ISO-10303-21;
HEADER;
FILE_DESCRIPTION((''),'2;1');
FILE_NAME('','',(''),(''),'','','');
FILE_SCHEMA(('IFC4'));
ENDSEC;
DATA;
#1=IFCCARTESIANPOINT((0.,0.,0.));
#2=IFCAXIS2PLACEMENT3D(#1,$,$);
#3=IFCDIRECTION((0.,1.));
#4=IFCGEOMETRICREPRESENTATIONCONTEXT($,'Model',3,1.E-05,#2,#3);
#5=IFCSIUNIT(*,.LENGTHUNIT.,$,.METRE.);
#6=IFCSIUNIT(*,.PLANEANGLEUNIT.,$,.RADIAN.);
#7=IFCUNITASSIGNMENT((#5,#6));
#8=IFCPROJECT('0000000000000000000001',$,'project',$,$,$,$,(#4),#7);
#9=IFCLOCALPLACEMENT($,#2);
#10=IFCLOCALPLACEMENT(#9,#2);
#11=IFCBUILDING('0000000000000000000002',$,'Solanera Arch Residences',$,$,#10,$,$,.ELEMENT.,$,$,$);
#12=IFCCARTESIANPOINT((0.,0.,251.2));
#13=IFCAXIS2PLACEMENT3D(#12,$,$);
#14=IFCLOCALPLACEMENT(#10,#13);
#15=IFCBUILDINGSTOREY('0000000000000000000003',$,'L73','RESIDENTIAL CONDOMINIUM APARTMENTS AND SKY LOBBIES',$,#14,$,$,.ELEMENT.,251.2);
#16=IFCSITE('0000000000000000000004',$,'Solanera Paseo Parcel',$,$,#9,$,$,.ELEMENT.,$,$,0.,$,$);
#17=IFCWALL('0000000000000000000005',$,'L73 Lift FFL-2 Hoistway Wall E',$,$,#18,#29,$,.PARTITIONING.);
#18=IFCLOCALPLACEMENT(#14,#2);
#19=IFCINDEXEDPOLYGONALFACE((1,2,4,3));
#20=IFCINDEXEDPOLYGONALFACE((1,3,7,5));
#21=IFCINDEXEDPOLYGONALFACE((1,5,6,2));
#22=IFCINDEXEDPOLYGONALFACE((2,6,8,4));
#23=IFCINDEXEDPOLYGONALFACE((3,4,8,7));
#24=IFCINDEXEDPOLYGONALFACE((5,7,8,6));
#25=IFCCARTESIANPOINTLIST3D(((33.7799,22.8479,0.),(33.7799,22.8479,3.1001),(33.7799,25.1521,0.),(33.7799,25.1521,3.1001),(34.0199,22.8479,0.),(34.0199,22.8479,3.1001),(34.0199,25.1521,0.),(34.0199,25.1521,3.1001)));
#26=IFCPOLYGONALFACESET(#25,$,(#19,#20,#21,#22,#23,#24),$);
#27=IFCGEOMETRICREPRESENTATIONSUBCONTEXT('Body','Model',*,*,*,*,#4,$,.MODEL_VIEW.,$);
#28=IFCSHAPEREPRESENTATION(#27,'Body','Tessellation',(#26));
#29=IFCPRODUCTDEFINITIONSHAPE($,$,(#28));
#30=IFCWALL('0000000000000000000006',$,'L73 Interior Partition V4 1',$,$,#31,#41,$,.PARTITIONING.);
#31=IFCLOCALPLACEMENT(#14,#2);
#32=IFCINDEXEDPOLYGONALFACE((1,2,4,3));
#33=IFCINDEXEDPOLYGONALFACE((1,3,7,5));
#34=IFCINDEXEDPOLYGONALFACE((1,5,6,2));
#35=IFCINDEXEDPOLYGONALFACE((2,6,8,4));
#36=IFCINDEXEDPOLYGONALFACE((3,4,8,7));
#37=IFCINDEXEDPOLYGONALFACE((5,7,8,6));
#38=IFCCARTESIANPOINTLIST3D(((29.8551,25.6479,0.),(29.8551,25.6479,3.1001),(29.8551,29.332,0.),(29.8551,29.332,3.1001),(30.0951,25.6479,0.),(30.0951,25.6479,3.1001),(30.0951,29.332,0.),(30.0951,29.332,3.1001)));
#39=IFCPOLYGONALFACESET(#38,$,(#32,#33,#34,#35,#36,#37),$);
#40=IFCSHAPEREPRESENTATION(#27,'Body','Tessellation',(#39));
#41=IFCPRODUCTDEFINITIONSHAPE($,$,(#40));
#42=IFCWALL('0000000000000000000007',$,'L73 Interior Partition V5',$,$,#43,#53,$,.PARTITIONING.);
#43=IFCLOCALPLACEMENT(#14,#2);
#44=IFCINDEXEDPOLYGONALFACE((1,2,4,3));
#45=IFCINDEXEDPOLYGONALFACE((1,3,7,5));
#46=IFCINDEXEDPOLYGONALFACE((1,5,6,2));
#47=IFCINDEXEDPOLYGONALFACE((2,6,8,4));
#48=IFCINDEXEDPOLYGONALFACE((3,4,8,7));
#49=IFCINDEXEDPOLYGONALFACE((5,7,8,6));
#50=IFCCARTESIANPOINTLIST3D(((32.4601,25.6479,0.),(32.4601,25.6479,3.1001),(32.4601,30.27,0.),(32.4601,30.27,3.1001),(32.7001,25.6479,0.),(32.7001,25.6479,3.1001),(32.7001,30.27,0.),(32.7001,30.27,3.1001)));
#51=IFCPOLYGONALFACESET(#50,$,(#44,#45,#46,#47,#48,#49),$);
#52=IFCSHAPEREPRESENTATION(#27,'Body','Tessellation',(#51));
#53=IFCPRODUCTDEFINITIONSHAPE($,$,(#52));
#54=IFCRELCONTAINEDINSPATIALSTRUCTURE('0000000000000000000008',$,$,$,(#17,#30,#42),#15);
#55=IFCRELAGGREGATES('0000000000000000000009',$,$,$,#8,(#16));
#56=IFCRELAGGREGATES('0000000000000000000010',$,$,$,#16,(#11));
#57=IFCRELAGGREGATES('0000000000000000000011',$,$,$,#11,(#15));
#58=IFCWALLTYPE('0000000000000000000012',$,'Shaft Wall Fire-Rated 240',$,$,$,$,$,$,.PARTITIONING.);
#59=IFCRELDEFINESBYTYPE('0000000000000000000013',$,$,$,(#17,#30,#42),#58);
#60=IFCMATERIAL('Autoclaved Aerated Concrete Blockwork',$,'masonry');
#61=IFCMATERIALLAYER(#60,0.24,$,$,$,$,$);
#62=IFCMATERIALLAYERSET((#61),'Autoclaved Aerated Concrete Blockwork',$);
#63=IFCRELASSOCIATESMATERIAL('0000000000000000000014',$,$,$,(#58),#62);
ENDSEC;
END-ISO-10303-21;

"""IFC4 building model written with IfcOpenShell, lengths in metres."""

from ifc_helpers import new_model, si_unit, direction, frame, frame_2d, origin, place, context, subcontext, project, spatial, rectangle, extrude, material, layer, layer_set, type_object, element, save


model = new_model("IFC4")

# Units and contexts
model_context = context("Model", 3, precision=1e-05, world=origin(), true_north=direction((0.0, 1.0)))
body_context = subcontext(model_context, "Body", "Model", "MODEL_VIEW")
ifc_project = project(units=[si_unit("LENGTHUNIT", "METRE"), si_unit("PLANEANGLEUNIT", "RADIAN")], contexts=[model_context])

# Site, building, storey
site_placement = place(None, origin())
site = spatial("IfcSite", under=ifc_project, at=site_placement, Name="Solanera Paseo Parcel", CompositionType="ELEMENT", RefElevation=0.0)
building_placement = place(site_placement, origin())
building = spatial("IfcBuilding", under=site, at=building_placement, Name="Solanera Arch Residences", CompositionType="ELEMENT")
storey_placement = place(building_placement, frame((0.0, 0.0, 251.2)))
storey = spatial("IfcBuildingStorey", under=building, at=storey_placement, Name="L73", Description="RESIDENTIAL CONDOMINIUM APARTMENTS AND SKY LOBBIES", CompositionType="ELEMENT", Elevation=251.2)

# Walls
ifc_material_1 = material(Name="Autoclaved Aerated Concrete Blockwork", Category="masonry")
ifc_layer_1 = layer(ifc_material_1, 0.24)
ifc_layer_set_1 = layer_set([ifc_layer_1], Name="Autoclaved Aerated Concrete Blockwork")
wall_type_1 = type_object("IfcWallType", Name="Shaft Wall Fire-Rated 240", PredefinedType="PARTITIONING", material=ifc_layer_set_1)
wall_1_placement = place(storey_placement, frame((33.8999, 22.8479, 0.0), z_axis=(0.0, 0.0, 1.0), x_axis=(0.0, 1.0, 0.0)))
element("IfcWall", 1, at=wall_1_placement, inside=storey, type_object=wall_type_1, Name="L73 Lift FFL-2 Hoistway Wall E", PredefinedType="PARTITIONING", context=body_context, shape_type="SweptSolid", body=[
    extrude(rectangle(XDim=2.3042, YDim=0.24, at=frame_2d((1.1521, 0.0))), origin(), (0.0, 0.0, 1.0), 3.1001),
])
wall_2_placement = place(storey_placement, frame((29.9751, 25.6479, 0.0), z_axis=(0.0, 0.0, 1.0), x_axis=(0.0, 1.0, 0.0)))
element("IfcWall", 2, at=wall_2_placement, inside=storey, type_object=wall_type_1, Name="L73 Interior Partition V4 1", PredefinedType="PARTITIONING", context=body_context, shape_type="SweptSolid", body=[
    extrude(rectangle(XDim=3.6841, YDim=0.24, at=frame_2d((1.842, 0.0))), origin(), (0.0, 0.0, 1.0), 3.1001),
])

# Wall
wall_3_placement = place(storey_placement, frame((32.5801, 25.6479, 0.0), z_axis=(0.0, 0.0, 1.0), x_axis=(0.0, 1.0, 0.0)))
element("IfcWall", 3, at=wall_3_placement, inside=storey, type_object=wall_type_1, Name="L73 Interior Partition V5", PredefinedType="PARTITIONING", context=body_context, shape_type="SweptSolid", body=[
    extrude(rectangle(XDim=4.6221, YDim=0.24, at=frame_2d((2.311, 0.0))), origin(), (0.0, 0.0, 1.0), 3.1001),
])

save(model, "model.ifc")
